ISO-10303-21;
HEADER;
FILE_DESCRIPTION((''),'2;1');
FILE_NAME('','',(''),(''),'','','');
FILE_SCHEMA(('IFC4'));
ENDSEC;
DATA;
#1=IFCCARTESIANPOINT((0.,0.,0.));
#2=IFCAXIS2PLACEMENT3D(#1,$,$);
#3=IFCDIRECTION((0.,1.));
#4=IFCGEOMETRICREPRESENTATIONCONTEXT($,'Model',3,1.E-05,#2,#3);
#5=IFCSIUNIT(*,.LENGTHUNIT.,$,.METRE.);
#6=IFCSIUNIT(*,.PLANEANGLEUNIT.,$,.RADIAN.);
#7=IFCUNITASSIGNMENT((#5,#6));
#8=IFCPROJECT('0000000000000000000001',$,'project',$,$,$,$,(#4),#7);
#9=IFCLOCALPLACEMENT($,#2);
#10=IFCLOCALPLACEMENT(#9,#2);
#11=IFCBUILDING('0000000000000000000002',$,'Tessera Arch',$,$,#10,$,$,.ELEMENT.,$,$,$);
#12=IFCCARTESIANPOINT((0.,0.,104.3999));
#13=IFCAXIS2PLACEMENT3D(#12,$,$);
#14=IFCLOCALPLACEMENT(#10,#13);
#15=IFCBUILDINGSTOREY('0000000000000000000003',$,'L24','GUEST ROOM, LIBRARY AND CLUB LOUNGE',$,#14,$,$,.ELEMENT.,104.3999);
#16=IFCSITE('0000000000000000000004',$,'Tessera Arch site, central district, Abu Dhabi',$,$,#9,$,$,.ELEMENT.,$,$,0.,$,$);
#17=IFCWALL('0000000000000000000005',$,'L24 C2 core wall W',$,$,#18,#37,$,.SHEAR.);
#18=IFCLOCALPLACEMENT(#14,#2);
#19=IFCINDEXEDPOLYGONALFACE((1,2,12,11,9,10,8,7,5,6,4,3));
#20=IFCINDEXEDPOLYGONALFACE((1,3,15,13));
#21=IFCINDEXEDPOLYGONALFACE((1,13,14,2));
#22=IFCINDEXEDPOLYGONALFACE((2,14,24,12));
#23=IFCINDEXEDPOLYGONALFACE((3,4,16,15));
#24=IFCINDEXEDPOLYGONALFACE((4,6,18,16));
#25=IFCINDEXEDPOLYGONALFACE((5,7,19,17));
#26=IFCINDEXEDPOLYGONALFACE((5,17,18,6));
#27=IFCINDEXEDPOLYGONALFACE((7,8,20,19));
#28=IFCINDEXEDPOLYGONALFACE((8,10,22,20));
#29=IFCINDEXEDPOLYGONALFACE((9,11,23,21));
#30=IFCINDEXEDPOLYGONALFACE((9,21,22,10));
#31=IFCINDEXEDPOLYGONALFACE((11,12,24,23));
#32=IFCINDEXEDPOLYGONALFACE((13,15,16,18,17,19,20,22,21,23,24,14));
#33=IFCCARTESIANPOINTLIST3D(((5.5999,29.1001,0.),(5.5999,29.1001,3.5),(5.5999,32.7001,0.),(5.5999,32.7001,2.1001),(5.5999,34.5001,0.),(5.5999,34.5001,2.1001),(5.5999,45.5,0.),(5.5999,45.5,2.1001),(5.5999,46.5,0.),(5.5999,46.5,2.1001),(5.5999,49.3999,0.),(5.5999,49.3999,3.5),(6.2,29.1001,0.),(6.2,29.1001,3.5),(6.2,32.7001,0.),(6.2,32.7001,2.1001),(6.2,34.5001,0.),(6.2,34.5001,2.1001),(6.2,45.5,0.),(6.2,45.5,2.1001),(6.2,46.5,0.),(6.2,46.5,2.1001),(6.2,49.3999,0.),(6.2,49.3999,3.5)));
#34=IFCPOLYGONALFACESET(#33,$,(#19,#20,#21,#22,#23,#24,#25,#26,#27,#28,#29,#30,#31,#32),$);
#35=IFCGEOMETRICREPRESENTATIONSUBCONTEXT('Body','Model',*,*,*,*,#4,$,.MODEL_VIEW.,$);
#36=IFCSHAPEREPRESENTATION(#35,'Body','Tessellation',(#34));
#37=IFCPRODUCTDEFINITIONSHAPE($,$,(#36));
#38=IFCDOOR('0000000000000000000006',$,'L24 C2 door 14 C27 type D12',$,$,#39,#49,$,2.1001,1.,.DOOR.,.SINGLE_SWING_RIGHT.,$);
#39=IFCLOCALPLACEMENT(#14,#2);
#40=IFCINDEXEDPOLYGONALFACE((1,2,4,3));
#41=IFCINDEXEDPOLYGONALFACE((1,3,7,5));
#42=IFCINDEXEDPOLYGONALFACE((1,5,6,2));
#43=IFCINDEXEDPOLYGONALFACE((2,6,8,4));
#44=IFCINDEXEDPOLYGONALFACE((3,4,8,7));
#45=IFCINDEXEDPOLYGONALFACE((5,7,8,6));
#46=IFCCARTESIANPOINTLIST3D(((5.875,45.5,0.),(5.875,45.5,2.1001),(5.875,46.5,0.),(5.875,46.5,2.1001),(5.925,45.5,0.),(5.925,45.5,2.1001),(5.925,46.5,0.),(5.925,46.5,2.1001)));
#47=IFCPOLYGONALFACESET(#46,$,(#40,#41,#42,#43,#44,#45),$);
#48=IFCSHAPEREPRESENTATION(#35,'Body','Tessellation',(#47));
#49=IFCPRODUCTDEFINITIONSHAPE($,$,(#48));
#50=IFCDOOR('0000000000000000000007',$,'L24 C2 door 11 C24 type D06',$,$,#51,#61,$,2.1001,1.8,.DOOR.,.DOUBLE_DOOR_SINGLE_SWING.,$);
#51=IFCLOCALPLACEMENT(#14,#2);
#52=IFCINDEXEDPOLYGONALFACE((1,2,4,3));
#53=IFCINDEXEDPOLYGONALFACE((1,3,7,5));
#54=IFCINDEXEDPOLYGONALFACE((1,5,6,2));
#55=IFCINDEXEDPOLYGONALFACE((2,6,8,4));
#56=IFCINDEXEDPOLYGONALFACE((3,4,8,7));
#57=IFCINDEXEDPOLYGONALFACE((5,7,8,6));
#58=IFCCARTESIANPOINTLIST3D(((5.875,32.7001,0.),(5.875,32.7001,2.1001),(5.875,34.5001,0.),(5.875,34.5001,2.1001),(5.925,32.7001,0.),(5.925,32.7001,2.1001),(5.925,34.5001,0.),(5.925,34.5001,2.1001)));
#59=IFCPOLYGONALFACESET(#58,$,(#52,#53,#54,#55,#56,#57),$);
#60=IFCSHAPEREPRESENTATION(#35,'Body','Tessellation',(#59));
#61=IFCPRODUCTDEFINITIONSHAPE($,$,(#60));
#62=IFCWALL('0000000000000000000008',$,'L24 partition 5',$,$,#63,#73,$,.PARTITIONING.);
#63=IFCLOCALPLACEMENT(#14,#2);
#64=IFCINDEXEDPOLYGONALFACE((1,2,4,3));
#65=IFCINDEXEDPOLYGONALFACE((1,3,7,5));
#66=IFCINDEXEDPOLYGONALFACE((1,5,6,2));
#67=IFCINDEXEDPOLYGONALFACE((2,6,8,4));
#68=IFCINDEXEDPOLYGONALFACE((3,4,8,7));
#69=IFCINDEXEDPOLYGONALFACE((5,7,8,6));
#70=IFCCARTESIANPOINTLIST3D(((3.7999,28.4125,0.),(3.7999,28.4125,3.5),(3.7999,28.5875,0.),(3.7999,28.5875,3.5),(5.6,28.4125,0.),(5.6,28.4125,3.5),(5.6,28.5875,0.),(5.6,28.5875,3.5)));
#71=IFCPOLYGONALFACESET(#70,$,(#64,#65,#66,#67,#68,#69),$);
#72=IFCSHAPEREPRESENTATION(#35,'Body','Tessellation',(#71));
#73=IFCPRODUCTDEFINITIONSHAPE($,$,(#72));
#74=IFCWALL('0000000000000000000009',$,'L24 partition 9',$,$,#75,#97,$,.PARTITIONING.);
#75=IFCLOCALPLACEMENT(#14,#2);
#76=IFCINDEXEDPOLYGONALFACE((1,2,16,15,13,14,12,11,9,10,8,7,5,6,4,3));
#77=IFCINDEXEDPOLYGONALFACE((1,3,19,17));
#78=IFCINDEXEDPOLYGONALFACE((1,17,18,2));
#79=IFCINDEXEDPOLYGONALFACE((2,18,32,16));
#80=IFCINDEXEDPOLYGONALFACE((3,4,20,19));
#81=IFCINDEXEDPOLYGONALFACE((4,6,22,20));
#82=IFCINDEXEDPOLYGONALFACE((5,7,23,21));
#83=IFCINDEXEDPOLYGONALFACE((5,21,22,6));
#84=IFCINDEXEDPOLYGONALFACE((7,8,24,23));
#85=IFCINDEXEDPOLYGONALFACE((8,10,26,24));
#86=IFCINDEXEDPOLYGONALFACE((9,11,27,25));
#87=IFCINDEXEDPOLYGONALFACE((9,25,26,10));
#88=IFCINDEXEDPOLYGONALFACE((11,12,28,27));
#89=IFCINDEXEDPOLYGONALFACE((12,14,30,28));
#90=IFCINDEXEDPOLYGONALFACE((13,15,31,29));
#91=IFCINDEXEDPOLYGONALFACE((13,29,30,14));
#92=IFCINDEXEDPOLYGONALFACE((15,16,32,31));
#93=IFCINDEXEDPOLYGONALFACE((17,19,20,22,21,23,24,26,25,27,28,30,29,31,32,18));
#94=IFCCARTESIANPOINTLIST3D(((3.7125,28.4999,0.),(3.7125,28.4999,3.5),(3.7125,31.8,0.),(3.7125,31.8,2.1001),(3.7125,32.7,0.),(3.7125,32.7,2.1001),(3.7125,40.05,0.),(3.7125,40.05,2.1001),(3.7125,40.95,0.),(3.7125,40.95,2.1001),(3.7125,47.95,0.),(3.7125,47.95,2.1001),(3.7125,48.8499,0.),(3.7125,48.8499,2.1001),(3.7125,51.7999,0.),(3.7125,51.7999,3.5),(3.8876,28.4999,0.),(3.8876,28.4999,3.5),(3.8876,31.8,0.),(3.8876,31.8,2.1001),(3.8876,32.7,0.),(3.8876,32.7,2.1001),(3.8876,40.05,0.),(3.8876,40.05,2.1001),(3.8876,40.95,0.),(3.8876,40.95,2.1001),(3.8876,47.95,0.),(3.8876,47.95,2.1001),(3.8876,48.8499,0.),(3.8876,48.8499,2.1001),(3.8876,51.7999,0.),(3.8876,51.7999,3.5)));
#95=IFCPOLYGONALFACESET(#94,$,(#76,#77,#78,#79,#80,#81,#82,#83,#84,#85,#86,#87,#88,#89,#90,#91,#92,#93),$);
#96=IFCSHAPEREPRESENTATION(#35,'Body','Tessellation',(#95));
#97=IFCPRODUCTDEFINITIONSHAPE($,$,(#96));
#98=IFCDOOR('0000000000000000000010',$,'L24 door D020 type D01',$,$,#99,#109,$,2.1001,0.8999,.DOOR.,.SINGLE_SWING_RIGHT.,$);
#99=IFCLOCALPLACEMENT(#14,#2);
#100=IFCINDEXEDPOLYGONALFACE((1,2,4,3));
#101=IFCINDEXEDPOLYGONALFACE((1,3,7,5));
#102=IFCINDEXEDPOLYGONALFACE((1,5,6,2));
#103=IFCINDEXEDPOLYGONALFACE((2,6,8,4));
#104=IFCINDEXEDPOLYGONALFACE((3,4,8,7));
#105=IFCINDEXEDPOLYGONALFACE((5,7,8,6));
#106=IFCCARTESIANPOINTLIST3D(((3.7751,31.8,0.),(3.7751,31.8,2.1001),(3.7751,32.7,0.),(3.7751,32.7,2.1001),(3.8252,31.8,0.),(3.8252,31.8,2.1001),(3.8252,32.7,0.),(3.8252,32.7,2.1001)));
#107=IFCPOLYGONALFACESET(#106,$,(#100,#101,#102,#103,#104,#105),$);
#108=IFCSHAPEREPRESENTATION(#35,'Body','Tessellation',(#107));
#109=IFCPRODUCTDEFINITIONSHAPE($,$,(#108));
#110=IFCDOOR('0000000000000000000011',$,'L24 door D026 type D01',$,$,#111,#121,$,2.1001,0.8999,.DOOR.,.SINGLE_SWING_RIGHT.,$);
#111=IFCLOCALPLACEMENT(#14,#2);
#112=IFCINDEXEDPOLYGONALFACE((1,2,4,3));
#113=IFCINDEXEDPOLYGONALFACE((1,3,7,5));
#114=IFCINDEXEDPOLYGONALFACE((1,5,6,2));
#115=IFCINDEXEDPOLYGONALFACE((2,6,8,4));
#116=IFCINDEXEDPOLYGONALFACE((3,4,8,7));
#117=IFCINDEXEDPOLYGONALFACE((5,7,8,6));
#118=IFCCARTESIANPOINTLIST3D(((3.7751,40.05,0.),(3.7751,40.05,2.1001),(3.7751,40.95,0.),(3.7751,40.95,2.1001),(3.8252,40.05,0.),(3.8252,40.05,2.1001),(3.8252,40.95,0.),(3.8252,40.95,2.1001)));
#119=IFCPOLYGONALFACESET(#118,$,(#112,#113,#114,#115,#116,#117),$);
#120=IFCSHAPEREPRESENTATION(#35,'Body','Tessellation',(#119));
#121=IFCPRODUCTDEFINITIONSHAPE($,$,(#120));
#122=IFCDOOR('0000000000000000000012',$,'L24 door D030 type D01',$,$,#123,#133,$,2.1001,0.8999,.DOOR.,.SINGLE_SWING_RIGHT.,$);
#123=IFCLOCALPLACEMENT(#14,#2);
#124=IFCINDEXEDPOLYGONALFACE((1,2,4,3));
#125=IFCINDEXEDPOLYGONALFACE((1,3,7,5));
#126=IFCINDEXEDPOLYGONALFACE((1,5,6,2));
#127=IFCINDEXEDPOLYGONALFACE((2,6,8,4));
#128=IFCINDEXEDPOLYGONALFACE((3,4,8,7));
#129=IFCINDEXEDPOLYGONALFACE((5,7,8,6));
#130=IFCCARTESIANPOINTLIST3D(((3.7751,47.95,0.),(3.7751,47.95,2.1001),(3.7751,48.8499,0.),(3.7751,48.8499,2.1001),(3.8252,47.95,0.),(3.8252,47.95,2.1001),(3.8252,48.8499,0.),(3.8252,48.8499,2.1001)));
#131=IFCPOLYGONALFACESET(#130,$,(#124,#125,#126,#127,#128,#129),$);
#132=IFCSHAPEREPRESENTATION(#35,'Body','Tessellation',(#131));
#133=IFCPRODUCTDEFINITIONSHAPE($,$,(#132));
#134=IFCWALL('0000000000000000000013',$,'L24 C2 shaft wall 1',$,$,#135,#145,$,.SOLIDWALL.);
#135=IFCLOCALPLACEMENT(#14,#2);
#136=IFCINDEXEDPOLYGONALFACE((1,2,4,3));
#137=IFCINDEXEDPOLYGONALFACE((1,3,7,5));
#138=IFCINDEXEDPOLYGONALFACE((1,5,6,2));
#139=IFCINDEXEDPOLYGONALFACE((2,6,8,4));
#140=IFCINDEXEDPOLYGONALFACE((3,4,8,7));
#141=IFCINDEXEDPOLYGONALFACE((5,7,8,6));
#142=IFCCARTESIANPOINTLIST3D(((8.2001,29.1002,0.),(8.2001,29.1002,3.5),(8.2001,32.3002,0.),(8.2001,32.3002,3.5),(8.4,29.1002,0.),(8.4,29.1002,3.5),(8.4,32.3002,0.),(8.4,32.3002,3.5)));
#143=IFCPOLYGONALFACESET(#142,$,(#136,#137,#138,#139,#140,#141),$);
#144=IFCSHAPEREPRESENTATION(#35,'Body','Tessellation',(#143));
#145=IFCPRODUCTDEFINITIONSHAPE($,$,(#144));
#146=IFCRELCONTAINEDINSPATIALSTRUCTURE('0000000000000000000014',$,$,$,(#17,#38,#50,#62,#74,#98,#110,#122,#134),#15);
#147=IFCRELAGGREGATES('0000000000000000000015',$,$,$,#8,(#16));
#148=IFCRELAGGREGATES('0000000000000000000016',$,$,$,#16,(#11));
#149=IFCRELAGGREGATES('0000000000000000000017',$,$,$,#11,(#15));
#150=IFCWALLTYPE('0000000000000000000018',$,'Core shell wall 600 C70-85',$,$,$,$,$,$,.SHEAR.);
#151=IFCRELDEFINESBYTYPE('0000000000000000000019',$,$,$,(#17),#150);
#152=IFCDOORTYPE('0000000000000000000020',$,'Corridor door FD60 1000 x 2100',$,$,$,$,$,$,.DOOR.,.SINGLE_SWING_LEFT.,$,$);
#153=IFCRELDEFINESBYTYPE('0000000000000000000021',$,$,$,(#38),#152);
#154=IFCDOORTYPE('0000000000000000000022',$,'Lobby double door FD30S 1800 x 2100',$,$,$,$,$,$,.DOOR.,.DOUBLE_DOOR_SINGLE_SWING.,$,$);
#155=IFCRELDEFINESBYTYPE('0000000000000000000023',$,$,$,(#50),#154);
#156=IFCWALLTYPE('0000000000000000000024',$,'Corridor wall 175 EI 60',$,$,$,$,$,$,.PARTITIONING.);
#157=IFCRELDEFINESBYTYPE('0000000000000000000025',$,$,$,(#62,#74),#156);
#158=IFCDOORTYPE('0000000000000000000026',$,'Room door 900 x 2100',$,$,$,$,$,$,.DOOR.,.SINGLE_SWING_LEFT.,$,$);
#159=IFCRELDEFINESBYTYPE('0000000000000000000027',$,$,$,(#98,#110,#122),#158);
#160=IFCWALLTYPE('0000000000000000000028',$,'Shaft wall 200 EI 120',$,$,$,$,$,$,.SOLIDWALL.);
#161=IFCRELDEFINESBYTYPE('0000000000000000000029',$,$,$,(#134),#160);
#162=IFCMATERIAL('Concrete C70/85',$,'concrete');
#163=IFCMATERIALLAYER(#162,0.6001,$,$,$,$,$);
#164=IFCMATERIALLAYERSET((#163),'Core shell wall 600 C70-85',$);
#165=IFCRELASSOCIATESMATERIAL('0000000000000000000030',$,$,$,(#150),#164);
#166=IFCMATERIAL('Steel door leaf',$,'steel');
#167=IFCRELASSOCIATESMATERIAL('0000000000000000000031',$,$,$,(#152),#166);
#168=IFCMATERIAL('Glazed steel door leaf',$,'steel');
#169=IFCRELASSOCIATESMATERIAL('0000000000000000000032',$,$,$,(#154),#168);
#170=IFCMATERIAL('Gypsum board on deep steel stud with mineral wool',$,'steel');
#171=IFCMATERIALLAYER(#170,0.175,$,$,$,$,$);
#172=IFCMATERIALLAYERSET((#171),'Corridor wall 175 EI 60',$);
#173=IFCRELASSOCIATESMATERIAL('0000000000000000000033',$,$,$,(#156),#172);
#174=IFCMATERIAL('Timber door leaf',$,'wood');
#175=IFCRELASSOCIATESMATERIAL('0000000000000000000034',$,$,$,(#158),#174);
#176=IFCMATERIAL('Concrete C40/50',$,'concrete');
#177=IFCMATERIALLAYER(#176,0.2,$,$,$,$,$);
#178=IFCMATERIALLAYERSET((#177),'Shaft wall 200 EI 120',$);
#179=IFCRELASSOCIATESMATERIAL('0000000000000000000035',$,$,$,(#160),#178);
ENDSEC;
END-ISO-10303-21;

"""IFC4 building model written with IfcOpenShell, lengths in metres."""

from ifc_helpers import new_model, si_unit, direction, frame, frame_2d, origin, place, context, subcontext, project, spatial, rectangle, extrude, material, layer, layer_set, type_object, element, fill, save


model = new_model("IFC4")

# Units and contexts
model_context = context("Model", 3, precision=1e-05, world=origin(), true_north=direction((0.0, 1.0)))
body_context = subcontext(model_context, "Body", "Model", "MODEL_VIEW")
ifc_project = project(units=[si_unit("LENGTHUNIT", "METRE"), si_unit("PLANEANGLEUNIT", "RADIAN")], contexts=[model_context])

# Site, building, storey
site_placement = place(None, origin())
site = spatial("IfcSite", under=ifc_project, at=site_placement, Name="Tessera Arch site, central district, Abu Dhabi", CompositionType="ELEMENT", RefElevation=0.0)
building_placement = place(site_placement, origin())
building = spatial("IfcBuilding", under=site, at=building_placement, Name="Tessera Arch", CompositionType="ELEMENT")
storey_placement = place(building_placement, frame((0.0, 0.0, 104.3999)))
storey = spatial("IfcBuildingStorey", under=building, at=storey_placement, Name="L24", Description="GUEST ROOM, LIBRARY AND CLUB LOUNGE", CompositionType="ELEMENT", Elevation=104.3999)

# Wall, openings, doors
ifc_material_1 = material(Name="Concrete C70/85", Category="concrete")
ifc_layer_1 = layer(ifc_material_1, 0.6001)
ifc_layer_set_1 = layer_set([ifc_layer_1], Name="Core shell wall 600 C70-85")
wall_type_1 = type_object("IfcWallType", Name="Core shell wall 600 C70-85", PredefinedType="SHEAR", material=ifc_layer_set_1)
wall_1_placement = place(storey_placement, frame((5.8999, 29.1001, 0.0), z_axis=(0.0, 0.0, 1.0), x_axis=(0.0, 1.0, 0.0)))
wall_1 = element("IfcWall", 1, at=wall_1_placement, inside=storey, type_object=wall_type_1, Name="L24 C2 core wall W", PredefinedType="SHEAR", context=body_context, shape_type="SweptSolid", body=[
    extrude(rectangle(XDim=20.2998, YDim=0.6001, at=frame_2d((10.1499, 0.0))), origin(), (0.0, 0.0, 1.0), 3.5),
])
opening_1_placement = place(wall_1_placement, frame((3.6001, 0.0, 0.0)))
opening_1 = element("IfcOpeningElement", 2, at=opening_1_placement, cuts=wall_1, PredefinedType="OPENING", context=body_context, shape_type="SweptSolid", body=[
    extrude(rectangle(XDim=1.8, YDim=2.1001, at=frame_2d((0.8999, 1.05))), frame((0.0, 0.3101, 0.0), z_axis=(0.0, -1.0, 0.0), x_axis=(1.0, 0.0, 0.0)), (0.0, 0.0, 1.0), 0.6201),
])
opening_2_placement = place(wall_1_placement, frame((16.3999, 0.0, 0.0)))
opening_2 = element("IfcOpeningElement", 3, at=opening_2_placement, cuts=wall_1, PredefinedType="OPENING", context=body_context, shape_type="SweptSolid", body=[
    extrude(rectangle(XDim=1.0, YDim=2.1001, at=frame_2d((0.5, 1.05))), frame((0.0, 0.3101, 0.0), z_axis=(0.0, -1.0, 0.0), x_axis=(1.0, 0.0, 0.0)), (0.0, 0.0, 1.0), 0.6201),
])
ifc_material_2 = material(Name="Steel door leaf", Category="steel")
door_type_1 = type_object("IfcDoorType", Name="Corridor door FD60 1000 x 2100", OperationType="SINGLE_SWING_LEFT", PredefinedType="DOOR", material=ifc_material_2)
door_1_placement = place(opening_2_placement, origin())
door_1 = element("IfcDoor", 4, at=door_1_placement, inside=storey, type_object=door_type_1, Name="L24 C2 door 14 C27 type D12", OperationType="SINGLE_SWING_RIGHT", OverallHeight=2.1001, OverallWidth=1.0, PredefinedType="DOOR", context=body_context, shape_type="SweptSolid", body=[
    extrude(rectangle(XDim=1.0, YDim=2.1001, at=frame_2d((0.5, 1.05))), frame((0.0, 0.0249, 0.0), z_axis=(0.0, -1.0, 0.0), x_axis=(1.0, 0.0, 0.0)), (0.0, 0.0, 1.0), 0.05),
])
fill(opening_2, door_1)
ifc_material_3 = material(Name="Glazed steel door leaf", Category="steel")
door_type_2 = type_object("IfcDoorType", Name="Lobby double door FD30S 1800 x 2100", OperationType="DOUBLE_DOOR_SINGLE_SWING", PredefinedType="DOOR", material=ifc_material_3)
door_2_placement = place(opening_1_placement, origin())
door_2 = element("IfcDoor", 5, at=door_2_placement, inside=storey, type_object=door_type_2, Name="L24 C2 door 11 C24 type D06", OperationType="DOUBLE_DOOR_SINGLE_SWING", OverallHeight=2.1001, OverallWidth=1.8, PredefinedType="DOOR", context=body_context, shape_type="SweptSolid", body=[
    extrude(rectangle(XDim=1.8, YDim=2.1001, at=frame_2d((0.8999, 1.05))), frame((0.0, 0.0249, 0.0), z_axis=(0.0, -1.0, 0.0), x_axis=(1.0, 0.0, 0.0)), (0.0, 0.0, 1.0), 0.05),
])
fill(opening_1, door_2)

# Wall
ifc_material_4 = material(Name="Gypsum board on deep steel stud with mineral wool", Category="steel")
ifc_layer_2 = layer(ifc_material_4, 0.175)
ifc_layer_set_2 = layer_set([ifc_layer_2], Name="Corridor wall 175 EI 60")
wall_type_2 = type_object("IfcWallType", Name="Corridor wall 175 EI 60", PredefinedType="PARTITIONING", material=ifc_layer_set_2)
wall_2_placement = place(storey_placement, frame((3.8, 28.5, 0.0), z_axis=(0.0, 0.0, 1.0), x_axis=(1.0, 0.0, 0.0)))
element("IfcWall", 6, at=wall_2_placement, inside=storey, type_object=wall_type_2, Name="L24 partition 5", PredefinedType="PARTITIONING", context=body_context, shape_type="SweptSolid", body=[
    extrude(rectangle(XDim=1.8, YDim=0.175, at=frame_2d((0.8999, 0.0))), origin(), (0.0, 0.0, 1.0), 3.5),
])

# Wall, openings, doors
wall_3_placement = place(storey_placement, frame((3.8, 28.5, 0.0), z_axis=(0.0, 0.0, 1.0), x_axis=(0.0, 1.0, 0.0)))
wall_3 = element("IfcWall", 7, at=wall_3_placement, inside=storey, type_object=wall_type_2, Name="L24 partition 9", PredefinedType="PARTITIONING", context=body_context, shape_type="SweptSolid", body=[
    extrude(rectangle(XDim=23.3, YDim=0.175, at=frame_2d((11.6499, 0.0))), origin(), (0.0, 0.0, 1.0), 3.5),
])
opening_3_placement = place(wall_3_placement, frame((3.3, 0.0, 0.0)))
opening_3 = element("IfcOpeningElement", 8, at=opening_3_placement, cuts=wall_3, PredefinedType="OPENING", context=body_context, shape_type="SweptSolid", body=[
    extrude(rectangle(XDim=0.8999, YDim=2.1001, at=frame_2d((0.45, 1.05))), frame((0.0, 0.0974, 0.0), z_axis=(0.0, -1.0, 0.0), x_axis=(1.0, 0.0, 0.0)), (0.0, 0.0, 1.0), 0.1951),
])
opening_4_placement = place(wall_3_placement, frame((11.55, 0.0, 0.0)))
opening_4 = element("IfcOpeningElement", 9, at=opening_4_placement, cuts=wall_3, PredefinedType="OPENING", context=body_context, shape_type="SweptSolid", body=[
    extrude(rectangle(XDim=0.8999, YDim=2.1001, at=frame_2d((0.45, 1.05))), frame((0.0, 0.0974, 0.0), z_axis=(0.0, -1.0, 0.0), x_axis=(1.0, 0.0, 0.0)), (0.0, 0.0, 1.0), 0.1951),
])
opening_5_placement = place(wall_3_placement, frame((19.45, 0.0, 0.0)))
opening_5 = element("IfcOpeningElement", 10, at=opening_5_placement, cuts=wall_3, PredefinedType="OPENING", context=body_context, shape_type="SweptSolid", body=[
    extrude(rectangle(XDim=0.8999, YDim=2.1001, at=frame_2d((0.45, 1.05))), frame((0.0, 0.0974, 0.0), z_axis=(0.0, -1.0, 0.0), x_axis=(1.0, 0.0, 0.0)), (0.0, 0.0, 1.0), 0.1951),
])
ifc_material_5 = material(Name="Timber door leaf", Category="wood")
door_type_3 = type_object("IfcDoorType", Name="Room door 900 x 2100", OperationType="SINGLE_SWING_LEFT", PredefinedType="DOOR", material=ifc_material_5)
door_3_placement = place(opening_3_placement, origin())
door_3 = element("IfcDoor", 11, at=door_3_placement, inside=storey, type_object=door_type_3, Name="L24 door D020 type D01", OperationType="SINGLE_SWING_RIGHT", OverallHeight=2.1001, OverallWidth=0.8999, PredefinedType="DOOR", context=body_context, shape_type="SweptSolid", body=[
    extrude(rectangle(XDim=0.8999, YDim=2.1001, at=frame_2d((0.45, 1.05))), frame((0.0, 0.0249, 0.0), z_axis=(0.0, -1.0, 0.0), x_axis=(1.0, 0.0, 0.0)), (0.0, 0.0, 1.0), 0.05),
])
fill(opening_3, door_3)
door_4_placement = place(opening_4_placement, origin())
door_4 = element("IfcDoor", 12, at=door_4_placement, inside=storey, type_object=door_type_3, Name="L24 door D026 type D01", OperationType="SINGLE_SWING_RIGHT", OverallHeight=2.1001, OverallWidth=0.8999, PredefinedType="DOOR", context=body_context, shape_type="SweptSolid", body=[
    extrude(rectangle(XDim=0.8999, YDim=2.1001, at=frame_2d((0.45, 1.05))), frame((0.0, 0.0249, 0.0), z_axis=(0.0, -1.0, 0.0), x_axis=(1.0, 0.0, 0.0)), (0.0, 0.0, 1.0), 0.05),
])
fill(opening_4, door_4)
door_5_placement = place(opening_5_placement, origin())
door_5 = element("IfcDoor", 13, at=door_5_placement, inside=storey, type_object=door_type_3, Name="L24 door D030 type D01", OperationType="SINGLE_SWING_RIGHT", OverallHeight=2.1001, OverallWidth=0.8999, PredefinedType="DOOR", context=body_context, shape_type="SweptSolid", body=[
    extrude(rectangle(XDim=0.8999, YDim=2.1001, at=frame_2d((0.45, 1.05))), frame((0.0, 0.0249, 0.0), z_axis=(0.0, -1.0, 0.0), x_axis=(1.0, 0.0, 0.0)), (0.0, 0.0, 1.0), 0.05),
])
fill(opening_5, door_5)

# Wall
ifc_material_6 = material(Name="Concrete C40/50", Category="concrete")
ifc_layer_3 = layer(ifc_material_6, 0.2)
ifc_layer_set_3 = layer_set([ifc_layer_3], Name="Shaft wall 200 EI 120")
wall_type_3 = type_object("IfcWallType", Name="Shaft wall 200 EI 120", PredefinedType="SOLIDWALL", material=ifc_layer_set_3)
wall_4_placement = place(storey_placement, frame((8.3, 29.1001, 0.0), z_axis=(0.0, 0.0, 1.0), x_axis=(0.0, 1.0, 0.0)))
element("IfcWall", 14, at=wall_4_placement, inside=storey, type_object=wall_type_3, Name="L24 C2 shaft wall 1", PredefinedType="SOLIDWALL", context=body_context, shape_type="SweptSolid", body=[
    extrude(rectangle(XDim=3.2, YDim=0.2, at=frame_2d((1.6001, 0.0))), origin(), (0.0, 0.0, 1.0), 3.5),
])

save(model, "model.ifc")
